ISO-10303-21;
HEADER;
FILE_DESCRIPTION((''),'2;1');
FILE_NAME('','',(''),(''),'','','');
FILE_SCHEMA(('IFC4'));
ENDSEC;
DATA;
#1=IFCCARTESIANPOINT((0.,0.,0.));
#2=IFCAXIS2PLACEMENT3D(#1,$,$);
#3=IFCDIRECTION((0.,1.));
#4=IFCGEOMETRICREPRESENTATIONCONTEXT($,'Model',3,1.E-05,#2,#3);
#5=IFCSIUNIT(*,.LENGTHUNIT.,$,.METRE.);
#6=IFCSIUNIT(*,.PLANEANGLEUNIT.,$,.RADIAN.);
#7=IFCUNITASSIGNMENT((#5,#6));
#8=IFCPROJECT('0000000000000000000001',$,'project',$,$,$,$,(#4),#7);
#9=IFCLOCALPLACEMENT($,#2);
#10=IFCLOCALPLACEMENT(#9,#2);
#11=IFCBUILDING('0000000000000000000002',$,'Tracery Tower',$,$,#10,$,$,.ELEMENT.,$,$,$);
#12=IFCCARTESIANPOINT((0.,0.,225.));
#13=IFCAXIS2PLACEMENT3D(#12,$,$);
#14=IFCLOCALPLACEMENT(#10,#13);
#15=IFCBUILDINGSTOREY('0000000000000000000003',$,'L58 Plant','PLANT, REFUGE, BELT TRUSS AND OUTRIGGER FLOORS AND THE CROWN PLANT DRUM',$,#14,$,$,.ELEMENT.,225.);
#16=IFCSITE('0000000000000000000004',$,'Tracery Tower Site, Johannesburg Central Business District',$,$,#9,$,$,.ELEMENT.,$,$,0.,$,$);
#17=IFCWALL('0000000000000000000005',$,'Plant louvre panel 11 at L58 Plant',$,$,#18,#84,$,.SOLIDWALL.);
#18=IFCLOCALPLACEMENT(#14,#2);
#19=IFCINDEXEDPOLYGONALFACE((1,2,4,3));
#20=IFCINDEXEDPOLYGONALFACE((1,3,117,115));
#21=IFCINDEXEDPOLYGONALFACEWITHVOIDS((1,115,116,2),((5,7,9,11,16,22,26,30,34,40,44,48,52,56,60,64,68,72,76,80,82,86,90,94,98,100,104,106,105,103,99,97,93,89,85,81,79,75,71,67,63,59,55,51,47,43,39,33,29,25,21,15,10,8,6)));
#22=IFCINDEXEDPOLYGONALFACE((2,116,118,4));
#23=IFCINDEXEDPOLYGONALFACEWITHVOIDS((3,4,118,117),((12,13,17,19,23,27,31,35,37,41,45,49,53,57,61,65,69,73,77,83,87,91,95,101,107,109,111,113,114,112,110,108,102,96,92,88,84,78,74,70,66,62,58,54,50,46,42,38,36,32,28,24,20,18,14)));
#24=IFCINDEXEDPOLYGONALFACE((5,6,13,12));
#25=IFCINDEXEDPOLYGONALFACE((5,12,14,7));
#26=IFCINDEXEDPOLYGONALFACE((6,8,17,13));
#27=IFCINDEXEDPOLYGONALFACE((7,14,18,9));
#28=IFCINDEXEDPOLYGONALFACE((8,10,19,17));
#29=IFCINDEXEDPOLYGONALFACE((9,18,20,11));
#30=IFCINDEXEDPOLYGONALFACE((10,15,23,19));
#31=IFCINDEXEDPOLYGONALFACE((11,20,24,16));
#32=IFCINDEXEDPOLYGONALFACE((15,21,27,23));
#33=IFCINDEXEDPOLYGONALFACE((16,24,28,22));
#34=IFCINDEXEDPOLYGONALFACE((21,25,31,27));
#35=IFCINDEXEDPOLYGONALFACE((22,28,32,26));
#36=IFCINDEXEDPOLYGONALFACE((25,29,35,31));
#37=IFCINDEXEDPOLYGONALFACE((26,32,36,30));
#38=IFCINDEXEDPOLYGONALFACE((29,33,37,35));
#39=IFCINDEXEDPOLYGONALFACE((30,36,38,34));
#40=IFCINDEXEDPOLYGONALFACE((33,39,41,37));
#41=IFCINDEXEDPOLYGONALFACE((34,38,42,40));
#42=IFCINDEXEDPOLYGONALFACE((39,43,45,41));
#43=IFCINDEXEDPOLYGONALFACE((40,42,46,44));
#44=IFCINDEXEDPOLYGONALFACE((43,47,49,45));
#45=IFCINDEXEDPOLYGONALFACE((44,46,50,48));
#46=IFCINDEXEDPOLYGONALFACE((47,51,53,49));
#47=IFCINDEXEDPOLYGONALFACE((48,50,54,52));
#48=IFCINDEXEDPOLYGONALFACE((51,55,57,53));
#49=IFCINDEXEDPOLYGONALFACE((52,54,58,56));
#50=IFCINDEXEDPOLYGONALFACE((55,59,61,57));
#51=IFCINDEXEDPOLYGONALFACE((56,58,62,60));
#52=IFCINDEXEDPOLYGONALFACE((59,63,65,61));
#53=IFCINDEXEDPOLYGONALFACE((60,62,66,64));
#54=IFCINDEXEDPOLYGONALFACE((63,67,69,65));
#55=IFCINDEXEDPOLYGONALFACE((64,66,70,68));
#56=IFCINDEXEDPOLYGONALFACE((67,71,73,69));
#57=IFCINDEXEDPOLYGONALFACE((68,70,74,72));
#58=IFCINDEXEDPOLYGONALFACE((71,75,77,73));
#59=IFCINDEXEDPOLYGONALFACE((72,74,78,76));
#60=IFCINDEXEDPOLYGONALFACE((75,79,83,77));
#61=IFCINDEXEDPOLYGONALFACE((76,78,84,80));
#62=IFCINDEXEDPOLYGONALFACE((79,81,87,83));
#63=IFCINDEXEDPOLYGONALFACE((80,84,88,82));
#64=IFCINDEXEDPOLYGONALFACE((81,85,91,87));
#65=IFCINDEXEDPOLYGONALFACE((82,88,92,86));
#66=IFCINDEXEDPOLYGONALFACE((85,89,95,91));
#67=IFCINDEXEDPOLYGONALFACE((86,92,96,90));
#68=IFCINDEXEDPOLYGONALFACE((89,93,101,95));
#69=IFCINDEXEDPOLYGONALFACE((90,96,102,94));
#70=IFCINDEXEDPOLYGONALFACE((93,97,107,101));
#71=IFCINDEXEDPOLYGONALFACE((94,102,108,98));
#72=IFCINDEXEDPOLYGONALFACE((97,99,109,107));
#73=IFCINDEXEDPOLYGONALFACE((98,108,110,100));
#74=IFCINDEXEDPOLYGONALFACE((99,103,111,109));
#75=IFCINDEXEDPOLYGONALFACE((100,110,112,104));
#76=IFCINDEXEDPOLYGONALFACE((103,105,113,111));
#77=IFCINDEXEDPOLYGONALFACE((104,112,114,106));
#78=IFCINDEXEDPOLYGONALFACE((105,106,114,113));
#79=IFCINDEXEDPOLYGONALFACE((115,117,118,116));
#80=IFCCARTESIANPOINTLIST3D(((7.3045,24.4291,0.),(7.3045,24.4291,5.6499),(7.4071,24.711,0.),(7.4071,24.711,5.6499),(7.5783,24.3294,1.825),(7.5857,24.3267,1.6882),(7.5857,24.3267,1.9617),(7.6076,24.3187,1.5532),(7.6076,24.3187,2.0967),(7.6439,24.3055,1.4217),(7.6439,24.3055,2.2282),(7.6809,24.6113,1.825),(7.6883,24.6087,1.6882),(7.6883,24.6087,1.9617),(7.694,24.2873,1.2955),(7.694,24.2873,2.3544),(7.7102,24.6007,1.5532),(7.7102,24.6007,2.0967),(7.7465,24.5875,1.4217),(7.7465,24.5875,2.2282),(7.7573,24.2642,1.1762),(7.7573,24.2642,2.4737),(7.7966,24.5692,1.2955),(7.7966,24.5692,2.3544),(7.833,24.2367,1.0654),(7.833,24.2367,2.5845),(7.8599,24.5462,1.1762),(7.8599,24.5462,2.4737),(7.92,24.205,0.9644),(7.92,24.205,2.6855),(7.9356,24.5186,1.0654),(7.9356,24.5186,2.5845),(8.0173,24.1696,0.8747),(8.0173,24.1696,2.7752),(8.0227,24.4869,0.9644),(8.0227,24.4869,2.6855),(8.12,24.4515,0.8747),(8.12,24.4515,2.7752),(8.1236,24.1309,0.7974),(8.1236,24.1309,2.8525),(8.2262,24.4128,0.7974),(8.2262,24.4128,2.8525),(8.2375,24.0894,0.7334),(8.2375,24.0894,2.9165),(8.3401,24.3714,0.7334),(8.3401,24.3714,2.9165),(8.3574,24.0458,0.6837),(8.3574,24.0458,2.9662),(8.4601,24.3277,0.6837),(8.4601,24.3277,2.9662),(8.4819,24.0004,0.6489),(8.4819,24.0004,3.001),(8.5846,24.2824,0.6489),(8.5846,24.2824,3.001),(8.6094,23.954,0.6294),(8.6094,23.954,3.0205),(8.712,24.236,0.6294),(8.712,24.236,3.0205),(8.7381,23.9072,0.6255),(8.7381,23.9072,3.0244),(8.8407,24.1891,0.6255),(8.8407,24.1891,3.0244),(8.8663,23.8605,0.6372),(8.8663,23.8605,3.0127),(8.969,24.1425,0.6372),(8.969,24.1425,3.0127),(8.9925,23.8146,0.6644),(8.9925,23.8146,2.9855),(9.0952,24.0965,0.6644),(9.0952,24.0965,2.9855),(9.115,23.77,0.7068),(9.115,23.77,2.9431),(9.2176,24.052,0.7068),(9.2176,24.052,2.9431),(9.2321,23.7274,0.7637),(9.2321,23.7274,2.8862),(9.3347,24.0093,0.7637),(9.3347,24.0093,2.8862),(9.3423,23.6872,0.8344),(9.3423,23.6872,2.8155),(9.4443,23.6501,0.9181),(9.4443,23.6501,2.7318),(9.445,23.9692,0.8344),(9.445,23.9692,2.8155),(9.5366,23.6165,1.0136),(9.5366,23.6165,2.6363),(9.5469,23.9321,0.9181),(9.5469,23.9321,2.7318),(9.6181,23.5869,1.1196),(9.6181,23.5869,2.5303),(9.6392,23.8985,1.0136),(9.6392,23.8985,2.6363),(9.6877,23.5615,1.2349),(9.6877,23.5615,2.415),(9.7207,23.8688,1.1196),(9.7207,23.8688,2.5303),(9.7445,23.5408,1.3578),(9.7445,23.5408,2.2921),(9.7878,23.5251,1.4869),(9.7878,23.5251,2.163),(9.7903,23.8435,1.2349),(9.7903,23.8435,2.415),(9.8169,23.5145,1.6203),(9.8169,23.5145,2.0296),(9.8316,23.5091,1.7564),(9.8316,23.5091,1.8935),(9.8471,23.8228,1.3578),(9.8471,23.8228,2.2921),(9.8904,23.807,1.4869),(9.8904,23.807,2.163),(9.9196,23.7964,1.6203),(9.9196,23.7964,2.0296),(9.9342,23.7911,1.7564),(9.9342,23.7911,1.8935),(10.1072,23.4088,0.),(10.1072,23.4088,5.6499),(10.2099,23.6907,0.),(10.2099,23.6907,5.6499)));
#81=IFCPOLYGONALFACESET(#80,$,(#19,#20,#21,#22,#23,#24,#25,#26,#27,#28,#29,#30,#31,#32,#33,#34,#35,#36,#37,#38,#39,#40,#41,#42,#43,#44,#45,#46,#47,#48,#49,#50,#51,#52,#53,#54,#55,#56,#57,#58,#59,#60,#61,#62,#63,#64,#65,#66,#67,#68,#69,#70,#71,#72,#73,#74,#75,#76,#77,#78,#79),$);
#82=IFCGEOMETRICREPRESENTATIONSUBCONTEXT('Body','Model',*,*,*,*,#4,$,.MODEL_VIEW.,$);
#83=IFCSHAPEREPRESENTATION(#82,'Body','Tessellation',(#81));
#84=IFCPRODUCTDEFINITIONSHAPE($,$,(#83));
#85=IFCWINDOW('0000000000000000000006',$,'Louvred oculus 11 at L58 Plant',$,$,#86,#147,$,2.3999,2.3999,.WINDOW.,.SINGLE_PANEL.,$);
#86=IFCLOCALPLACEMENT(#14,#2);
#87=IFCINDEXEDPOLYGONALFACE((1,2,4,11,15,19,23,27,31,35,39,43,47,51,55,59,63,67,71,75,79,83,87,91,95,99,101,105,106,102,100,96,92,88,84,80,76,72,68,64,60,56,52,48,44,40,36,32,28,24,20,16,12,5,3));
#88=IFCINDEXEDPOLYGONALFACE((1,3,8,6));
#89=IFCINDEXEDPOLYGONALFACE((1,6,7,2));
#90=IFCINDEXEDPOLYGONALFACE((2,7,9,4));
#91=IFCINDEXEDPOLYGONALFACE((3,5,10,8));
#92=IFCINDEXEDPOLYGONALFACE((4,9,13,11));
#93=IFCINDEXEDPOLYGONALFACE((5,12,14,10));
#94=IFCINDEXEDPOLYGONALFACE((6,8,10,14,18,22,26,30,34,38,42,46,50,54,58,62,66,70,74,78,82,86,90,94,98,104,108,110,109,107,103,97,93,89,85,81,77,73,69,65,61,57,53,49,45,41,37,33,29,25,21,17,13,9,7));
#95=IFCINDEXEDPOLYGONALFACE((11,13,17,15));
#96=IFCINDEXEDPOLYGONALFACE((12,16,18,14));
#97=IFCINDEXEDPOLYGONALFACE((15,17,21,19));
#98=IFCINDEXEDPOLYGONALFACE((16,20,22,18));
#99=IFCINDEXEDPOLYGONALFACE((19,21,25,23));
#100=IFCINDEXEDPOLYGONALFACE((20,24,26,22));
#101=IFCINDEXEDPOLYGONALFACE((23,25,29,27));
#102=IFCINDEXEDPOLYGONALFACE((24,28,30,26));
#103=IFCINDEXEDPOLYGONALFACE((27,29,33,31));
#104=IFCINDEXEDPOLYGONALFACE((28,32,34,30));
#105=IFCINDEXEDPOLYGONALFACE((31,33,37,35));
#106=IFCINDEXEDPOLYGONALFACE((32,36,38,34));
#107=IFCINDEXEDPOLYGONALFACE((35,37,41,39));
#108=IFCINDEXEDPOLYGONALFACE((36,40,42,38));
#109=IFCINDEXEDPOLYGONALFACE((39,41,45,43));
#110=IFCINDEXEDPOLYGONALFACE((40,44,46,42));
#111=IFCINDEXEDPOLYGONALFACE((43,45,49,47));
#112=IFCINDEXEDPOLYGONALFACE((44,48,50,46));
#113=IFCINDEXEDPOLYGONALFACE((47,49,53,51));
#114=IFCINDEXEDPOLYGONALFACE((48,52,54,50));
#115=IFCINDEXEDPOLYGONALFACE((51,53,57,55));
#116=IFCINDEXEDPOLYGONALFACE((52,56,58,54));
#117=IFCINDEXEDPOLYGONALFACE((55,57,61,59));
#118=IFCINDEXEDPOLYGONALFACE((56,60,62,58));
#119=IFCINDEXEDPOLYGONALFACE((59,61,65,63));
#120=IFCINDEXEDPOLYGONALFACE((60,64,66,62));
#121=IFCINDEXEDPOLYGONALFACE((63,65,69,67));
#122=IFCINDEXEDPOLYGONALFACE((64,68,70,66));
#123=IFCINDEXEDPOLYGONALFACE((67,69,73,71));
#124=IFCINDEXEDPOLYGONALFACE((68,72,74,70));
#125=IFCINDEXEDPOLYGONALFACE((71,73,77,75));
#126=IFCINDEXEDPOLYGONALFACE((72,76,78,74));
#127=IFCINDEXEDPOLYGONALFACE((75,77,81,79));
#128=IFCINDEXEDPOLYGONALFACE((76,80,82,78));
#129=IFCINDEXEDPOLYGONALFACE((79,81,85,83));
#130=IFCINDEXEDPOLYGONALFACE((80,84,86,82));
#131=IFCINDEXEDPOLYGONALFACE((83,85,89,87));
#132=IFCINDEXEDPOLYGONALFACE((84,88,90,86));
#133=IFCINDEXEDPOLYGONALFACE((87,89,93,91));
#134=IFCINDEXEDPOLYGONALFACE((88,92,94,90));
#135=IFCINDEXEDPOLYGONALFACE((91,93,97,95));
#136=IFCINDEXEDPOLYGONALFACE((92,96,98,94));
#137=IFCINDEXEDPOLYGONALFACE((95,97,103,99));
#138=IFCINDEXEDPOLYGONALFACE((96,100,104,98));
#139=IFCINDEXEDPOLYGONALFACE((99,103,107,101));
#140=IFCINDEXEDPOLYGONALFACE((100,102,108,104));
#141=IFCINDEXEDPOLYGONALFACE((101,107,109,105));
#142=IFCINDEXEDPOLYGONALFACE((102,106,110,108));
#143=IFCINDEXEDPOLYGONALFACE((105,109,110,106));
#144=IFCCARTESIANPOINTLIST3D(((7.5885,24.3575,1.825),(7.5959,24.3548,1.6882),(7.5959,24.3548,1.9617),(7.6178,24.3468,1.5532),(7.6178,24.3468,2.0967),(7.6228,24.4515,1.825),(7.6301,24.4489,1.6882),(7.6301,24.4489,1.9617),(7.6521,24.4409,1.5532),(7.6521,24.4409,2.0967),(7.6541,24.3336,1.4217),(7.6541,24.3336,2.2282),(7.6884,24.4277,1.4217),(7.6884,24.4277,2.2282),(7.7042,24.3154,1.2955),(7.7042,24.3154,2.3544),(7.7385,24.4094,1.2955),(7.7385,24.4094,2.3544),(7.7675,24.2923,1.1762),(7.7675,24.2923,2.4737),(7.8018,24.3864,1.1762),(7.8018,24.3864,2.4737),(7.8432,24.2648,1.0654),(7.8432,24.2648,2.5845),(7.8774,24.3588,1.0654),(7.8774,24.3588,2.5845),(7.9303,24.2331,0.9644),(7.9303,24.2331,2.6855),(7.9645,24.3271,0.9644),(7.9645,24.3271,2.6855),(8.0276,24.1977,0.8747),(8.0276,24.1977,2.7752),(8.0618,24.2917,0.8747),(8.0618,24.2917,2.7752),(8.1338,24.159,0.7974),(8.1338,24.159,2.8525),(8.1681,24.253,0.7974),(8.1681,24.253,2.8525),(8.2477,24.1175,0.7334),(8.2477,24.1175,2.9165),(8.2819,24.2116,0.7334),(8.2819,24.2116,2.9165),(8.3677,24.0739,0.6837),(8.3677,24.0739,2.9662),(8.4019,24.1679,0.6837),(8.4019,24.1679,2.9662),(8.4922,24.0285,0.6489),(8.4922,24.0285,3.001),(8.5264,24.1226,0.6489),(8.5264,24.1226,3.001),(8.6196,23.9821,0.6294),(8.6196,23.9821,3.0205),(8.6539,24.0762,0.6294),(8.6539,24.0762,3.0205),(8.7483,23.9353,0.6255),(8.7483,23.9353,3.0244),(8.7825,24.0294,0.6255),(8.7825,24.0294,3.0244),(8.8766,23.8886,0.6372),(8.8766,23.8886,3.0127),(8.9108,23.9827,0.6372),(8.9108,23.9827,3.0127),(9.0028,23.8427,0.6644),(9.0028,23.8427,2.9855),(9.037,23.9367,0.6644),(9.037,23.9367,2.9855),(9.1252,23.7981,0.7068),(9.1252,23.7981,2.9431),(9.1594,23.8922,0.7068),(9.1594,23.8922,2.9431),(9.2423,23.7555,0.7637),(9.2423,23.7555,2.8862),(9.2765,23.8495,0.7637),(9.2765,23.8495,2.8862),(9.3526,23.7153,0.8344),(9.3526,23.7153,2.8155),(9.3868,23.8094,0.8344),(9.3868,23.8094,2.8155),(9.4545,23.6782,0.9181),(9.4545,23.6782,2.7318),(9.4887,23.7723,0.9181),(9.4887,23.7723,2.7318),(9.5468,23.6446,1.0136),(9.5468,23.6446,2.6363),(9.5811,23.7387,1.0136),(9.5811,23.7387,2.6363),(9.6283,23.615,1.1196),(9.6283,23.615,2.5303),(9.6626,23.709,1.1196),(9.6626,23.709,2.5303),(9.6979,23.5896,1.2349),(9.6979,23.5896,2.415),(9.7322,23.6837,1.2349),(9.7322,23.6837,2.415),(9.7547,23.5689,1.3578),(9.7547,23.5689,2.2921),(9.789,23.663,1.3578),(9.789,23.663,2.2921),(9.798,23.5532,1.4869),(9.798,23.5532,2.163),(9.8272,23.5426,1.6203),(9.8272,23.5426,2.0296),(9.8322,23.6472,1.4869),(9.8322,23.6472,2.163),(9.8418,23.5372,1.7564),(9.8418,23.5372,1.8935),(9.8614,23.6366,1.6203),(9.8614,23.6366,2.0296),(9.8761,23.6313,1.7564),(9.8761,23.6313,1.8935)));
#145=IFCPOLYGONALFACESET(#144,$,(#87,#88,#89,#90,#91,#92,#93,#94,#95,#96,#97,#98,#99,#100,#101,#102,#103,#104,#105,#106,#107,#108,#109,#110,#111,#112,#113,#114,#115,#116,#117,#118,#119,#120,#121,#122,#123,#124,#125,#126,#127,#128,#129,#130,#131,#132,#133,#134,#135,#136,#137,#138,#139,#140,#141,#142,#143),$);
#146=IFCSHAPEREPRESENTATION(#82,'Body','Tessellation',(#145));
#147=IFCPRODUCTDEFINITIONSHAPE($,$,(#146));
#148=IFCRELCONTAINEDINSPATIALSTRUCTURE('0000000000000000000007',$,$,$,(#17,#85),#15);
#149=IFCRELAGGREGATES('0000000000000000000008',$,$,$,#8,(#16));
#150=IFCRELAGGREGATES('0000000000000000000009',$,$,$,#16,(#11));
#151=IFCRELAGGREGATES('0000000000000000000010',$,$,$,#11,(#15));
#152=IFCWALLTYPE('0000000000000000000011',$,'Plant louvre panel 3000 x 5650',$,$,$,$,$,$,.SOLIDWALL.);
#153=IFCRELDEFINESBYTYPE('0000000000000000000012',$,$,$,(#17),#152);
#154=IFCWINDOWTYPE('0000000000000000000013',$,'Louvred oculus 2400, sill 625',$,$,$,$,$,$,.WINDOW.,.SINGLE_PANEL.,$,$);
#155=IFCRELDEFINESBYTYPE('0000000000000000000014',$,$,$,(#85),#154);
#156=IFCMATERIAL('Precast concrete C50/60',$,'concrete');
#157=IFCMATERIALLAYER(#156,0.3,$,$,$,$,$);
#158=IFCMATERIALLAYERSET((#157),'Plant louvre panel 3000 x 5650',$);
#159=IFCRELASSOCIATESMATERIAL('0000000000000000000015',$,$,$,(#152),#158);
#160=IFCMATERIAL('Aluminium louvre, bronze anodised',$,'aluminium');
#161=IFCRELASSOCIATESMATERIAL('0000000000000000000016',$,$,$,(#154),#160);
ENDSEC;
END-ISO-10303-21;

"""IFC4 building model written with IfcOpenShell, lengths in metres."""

from ifc_helpers import new_model, si_unit, direction, frame, frame_2d, origin, origin_2d, place, context, subcontext, project, spatial, rectangle, circle, extrude, material, layer, layer_set, type_object, element, fill, save


model = new_model("IFC4")

# Units and contexts
model_context = context("Model", 3, precision=1e-05, world=origin(), true_north=direction((0.0, 1.0)))
body_context = subcontext(model_context, "Body", "Model", "MODEL_VIEW")
ifc_project = project(units=[si_unit("LENGTHUNIT", "METRE"), si_unit("PLANEANGLEUNIT", "RADIAN")], contexts=[model_context])

# Site, building, storey
site_placement = place(None, origin())
site = spatial("IfcSite", under=ifc_project, at=site_placement, Name="Tracery Tower Site, Johannesburg Central Business District", CompositionType="ELEMENT", RefElevation=0.0)
building_placement = place(site_placement, origin())
building = spatial("IfcBuilding", under=site, at=building_placement, Name="Tracery Tower", CompositionType="ELEMENT")
storey_placement = place(building_placement, frame((0.0, 0.0, 225.0)))
storey = spatial("IfcBuildingStorey", under=building, at=storey_placement, Name="L58 Plant", Description="PLANT, REFUGE, BELT TRUSS AND OUTRIGGER FLOORS AND THE CROWN PLANT DRUM", CompositionType="ELEMENT", Elevation=225.0)

# Wall, opening, window
ifc_material_1 = material(Name="Precast concrete C50/60", Category="concrete")
ifc_layer_1 = layer(ifc_material_1, 0.3)
ifc_layer_set_1 = layer_set([ifc_layer_1], Name="Plant louvre panel 3000 x 5650")
wall_type_1 = type_object("IfcWallType", Name="Plant louvre panel 3000 x 5650", PredefinedType="SOLIDWALL", material=ifc_layer_set_1)
ifc_material_2 = material(Name="Aluminium louvre, bronze anodised", Category="aluminium")
window_type = type_object("IfcWindowType", Name="Louvred oculus 2400, sill 625", PartitioningType="SINGLE_PANEL", PredefinedType="WINDOW", material=ifc_material_2)
wall_1_placement = place(storey_placement, frame((10.1584, 23.5498, 0.0), z_axis=(0.0, 0.0, 1.0), x_axis=(-0.939676, 0.342065, 0.0)))
wall_1 = element("IfcWall", 1, at=wall_1_placement, inside=storey, type_object=wall_type_1, Name="Plant louvre panel 11 at L58 Plant", PredefinedType="SOLIDWALL", context=body_context, shape_type="SweptSolid", body=[
    extrude(rectangle(XDim=2.9827, YDim=0.3, at=frame_2d((1.4912, 0.0))), origin(), (0.0, 0.0, 1.0), 5.6499),
])
opening_1_placement = place(wall_1_placement, frame((1.4912, 0.0, 1.825)))
opening_1 = element("IfcOpeningElement", 2, at=opening_1_placement, cuts=wall_1, PredefinedType="OPENING", context=body_context, shape_type="SweptSolid", body=[
    extrude(circle(Radius=1.2, at=origin_2d()), frame((0.0, 0.1599, 0.0), z_axis=(0.0, -1.0, 0.0), x_axis=(1.0, 0.0, 0.0)), (0.0, 0.0, 1.0), 0.3201),
])
window_1_placement = place(opening_1_placement, origin())
window_1 = element("IfcWindow", 3, at=window_1_placement, inside=storey, type_object=window_type, Name="Louvred oculus 11 at L58 Plant", OverallHeight=2.3999, OverallWidth=2.3999, PartitioningType="SINGLE_PANEL", PredefinedType="WINDOW", context=body_context, shape_type="SweptSolid", body=[
    extrude(circle(Radius=1.2, at=origin_2d()), frame((0.0, 0.1201, 0.0), z_axis=(0.0, -1.0, 0.0), x_axis=(1.0, 0.0, 0.0)), (0.0, 0.0, 1.0), 0.1001),
])
fill(opening_1, window_1)

save(model, "model.ifc")
